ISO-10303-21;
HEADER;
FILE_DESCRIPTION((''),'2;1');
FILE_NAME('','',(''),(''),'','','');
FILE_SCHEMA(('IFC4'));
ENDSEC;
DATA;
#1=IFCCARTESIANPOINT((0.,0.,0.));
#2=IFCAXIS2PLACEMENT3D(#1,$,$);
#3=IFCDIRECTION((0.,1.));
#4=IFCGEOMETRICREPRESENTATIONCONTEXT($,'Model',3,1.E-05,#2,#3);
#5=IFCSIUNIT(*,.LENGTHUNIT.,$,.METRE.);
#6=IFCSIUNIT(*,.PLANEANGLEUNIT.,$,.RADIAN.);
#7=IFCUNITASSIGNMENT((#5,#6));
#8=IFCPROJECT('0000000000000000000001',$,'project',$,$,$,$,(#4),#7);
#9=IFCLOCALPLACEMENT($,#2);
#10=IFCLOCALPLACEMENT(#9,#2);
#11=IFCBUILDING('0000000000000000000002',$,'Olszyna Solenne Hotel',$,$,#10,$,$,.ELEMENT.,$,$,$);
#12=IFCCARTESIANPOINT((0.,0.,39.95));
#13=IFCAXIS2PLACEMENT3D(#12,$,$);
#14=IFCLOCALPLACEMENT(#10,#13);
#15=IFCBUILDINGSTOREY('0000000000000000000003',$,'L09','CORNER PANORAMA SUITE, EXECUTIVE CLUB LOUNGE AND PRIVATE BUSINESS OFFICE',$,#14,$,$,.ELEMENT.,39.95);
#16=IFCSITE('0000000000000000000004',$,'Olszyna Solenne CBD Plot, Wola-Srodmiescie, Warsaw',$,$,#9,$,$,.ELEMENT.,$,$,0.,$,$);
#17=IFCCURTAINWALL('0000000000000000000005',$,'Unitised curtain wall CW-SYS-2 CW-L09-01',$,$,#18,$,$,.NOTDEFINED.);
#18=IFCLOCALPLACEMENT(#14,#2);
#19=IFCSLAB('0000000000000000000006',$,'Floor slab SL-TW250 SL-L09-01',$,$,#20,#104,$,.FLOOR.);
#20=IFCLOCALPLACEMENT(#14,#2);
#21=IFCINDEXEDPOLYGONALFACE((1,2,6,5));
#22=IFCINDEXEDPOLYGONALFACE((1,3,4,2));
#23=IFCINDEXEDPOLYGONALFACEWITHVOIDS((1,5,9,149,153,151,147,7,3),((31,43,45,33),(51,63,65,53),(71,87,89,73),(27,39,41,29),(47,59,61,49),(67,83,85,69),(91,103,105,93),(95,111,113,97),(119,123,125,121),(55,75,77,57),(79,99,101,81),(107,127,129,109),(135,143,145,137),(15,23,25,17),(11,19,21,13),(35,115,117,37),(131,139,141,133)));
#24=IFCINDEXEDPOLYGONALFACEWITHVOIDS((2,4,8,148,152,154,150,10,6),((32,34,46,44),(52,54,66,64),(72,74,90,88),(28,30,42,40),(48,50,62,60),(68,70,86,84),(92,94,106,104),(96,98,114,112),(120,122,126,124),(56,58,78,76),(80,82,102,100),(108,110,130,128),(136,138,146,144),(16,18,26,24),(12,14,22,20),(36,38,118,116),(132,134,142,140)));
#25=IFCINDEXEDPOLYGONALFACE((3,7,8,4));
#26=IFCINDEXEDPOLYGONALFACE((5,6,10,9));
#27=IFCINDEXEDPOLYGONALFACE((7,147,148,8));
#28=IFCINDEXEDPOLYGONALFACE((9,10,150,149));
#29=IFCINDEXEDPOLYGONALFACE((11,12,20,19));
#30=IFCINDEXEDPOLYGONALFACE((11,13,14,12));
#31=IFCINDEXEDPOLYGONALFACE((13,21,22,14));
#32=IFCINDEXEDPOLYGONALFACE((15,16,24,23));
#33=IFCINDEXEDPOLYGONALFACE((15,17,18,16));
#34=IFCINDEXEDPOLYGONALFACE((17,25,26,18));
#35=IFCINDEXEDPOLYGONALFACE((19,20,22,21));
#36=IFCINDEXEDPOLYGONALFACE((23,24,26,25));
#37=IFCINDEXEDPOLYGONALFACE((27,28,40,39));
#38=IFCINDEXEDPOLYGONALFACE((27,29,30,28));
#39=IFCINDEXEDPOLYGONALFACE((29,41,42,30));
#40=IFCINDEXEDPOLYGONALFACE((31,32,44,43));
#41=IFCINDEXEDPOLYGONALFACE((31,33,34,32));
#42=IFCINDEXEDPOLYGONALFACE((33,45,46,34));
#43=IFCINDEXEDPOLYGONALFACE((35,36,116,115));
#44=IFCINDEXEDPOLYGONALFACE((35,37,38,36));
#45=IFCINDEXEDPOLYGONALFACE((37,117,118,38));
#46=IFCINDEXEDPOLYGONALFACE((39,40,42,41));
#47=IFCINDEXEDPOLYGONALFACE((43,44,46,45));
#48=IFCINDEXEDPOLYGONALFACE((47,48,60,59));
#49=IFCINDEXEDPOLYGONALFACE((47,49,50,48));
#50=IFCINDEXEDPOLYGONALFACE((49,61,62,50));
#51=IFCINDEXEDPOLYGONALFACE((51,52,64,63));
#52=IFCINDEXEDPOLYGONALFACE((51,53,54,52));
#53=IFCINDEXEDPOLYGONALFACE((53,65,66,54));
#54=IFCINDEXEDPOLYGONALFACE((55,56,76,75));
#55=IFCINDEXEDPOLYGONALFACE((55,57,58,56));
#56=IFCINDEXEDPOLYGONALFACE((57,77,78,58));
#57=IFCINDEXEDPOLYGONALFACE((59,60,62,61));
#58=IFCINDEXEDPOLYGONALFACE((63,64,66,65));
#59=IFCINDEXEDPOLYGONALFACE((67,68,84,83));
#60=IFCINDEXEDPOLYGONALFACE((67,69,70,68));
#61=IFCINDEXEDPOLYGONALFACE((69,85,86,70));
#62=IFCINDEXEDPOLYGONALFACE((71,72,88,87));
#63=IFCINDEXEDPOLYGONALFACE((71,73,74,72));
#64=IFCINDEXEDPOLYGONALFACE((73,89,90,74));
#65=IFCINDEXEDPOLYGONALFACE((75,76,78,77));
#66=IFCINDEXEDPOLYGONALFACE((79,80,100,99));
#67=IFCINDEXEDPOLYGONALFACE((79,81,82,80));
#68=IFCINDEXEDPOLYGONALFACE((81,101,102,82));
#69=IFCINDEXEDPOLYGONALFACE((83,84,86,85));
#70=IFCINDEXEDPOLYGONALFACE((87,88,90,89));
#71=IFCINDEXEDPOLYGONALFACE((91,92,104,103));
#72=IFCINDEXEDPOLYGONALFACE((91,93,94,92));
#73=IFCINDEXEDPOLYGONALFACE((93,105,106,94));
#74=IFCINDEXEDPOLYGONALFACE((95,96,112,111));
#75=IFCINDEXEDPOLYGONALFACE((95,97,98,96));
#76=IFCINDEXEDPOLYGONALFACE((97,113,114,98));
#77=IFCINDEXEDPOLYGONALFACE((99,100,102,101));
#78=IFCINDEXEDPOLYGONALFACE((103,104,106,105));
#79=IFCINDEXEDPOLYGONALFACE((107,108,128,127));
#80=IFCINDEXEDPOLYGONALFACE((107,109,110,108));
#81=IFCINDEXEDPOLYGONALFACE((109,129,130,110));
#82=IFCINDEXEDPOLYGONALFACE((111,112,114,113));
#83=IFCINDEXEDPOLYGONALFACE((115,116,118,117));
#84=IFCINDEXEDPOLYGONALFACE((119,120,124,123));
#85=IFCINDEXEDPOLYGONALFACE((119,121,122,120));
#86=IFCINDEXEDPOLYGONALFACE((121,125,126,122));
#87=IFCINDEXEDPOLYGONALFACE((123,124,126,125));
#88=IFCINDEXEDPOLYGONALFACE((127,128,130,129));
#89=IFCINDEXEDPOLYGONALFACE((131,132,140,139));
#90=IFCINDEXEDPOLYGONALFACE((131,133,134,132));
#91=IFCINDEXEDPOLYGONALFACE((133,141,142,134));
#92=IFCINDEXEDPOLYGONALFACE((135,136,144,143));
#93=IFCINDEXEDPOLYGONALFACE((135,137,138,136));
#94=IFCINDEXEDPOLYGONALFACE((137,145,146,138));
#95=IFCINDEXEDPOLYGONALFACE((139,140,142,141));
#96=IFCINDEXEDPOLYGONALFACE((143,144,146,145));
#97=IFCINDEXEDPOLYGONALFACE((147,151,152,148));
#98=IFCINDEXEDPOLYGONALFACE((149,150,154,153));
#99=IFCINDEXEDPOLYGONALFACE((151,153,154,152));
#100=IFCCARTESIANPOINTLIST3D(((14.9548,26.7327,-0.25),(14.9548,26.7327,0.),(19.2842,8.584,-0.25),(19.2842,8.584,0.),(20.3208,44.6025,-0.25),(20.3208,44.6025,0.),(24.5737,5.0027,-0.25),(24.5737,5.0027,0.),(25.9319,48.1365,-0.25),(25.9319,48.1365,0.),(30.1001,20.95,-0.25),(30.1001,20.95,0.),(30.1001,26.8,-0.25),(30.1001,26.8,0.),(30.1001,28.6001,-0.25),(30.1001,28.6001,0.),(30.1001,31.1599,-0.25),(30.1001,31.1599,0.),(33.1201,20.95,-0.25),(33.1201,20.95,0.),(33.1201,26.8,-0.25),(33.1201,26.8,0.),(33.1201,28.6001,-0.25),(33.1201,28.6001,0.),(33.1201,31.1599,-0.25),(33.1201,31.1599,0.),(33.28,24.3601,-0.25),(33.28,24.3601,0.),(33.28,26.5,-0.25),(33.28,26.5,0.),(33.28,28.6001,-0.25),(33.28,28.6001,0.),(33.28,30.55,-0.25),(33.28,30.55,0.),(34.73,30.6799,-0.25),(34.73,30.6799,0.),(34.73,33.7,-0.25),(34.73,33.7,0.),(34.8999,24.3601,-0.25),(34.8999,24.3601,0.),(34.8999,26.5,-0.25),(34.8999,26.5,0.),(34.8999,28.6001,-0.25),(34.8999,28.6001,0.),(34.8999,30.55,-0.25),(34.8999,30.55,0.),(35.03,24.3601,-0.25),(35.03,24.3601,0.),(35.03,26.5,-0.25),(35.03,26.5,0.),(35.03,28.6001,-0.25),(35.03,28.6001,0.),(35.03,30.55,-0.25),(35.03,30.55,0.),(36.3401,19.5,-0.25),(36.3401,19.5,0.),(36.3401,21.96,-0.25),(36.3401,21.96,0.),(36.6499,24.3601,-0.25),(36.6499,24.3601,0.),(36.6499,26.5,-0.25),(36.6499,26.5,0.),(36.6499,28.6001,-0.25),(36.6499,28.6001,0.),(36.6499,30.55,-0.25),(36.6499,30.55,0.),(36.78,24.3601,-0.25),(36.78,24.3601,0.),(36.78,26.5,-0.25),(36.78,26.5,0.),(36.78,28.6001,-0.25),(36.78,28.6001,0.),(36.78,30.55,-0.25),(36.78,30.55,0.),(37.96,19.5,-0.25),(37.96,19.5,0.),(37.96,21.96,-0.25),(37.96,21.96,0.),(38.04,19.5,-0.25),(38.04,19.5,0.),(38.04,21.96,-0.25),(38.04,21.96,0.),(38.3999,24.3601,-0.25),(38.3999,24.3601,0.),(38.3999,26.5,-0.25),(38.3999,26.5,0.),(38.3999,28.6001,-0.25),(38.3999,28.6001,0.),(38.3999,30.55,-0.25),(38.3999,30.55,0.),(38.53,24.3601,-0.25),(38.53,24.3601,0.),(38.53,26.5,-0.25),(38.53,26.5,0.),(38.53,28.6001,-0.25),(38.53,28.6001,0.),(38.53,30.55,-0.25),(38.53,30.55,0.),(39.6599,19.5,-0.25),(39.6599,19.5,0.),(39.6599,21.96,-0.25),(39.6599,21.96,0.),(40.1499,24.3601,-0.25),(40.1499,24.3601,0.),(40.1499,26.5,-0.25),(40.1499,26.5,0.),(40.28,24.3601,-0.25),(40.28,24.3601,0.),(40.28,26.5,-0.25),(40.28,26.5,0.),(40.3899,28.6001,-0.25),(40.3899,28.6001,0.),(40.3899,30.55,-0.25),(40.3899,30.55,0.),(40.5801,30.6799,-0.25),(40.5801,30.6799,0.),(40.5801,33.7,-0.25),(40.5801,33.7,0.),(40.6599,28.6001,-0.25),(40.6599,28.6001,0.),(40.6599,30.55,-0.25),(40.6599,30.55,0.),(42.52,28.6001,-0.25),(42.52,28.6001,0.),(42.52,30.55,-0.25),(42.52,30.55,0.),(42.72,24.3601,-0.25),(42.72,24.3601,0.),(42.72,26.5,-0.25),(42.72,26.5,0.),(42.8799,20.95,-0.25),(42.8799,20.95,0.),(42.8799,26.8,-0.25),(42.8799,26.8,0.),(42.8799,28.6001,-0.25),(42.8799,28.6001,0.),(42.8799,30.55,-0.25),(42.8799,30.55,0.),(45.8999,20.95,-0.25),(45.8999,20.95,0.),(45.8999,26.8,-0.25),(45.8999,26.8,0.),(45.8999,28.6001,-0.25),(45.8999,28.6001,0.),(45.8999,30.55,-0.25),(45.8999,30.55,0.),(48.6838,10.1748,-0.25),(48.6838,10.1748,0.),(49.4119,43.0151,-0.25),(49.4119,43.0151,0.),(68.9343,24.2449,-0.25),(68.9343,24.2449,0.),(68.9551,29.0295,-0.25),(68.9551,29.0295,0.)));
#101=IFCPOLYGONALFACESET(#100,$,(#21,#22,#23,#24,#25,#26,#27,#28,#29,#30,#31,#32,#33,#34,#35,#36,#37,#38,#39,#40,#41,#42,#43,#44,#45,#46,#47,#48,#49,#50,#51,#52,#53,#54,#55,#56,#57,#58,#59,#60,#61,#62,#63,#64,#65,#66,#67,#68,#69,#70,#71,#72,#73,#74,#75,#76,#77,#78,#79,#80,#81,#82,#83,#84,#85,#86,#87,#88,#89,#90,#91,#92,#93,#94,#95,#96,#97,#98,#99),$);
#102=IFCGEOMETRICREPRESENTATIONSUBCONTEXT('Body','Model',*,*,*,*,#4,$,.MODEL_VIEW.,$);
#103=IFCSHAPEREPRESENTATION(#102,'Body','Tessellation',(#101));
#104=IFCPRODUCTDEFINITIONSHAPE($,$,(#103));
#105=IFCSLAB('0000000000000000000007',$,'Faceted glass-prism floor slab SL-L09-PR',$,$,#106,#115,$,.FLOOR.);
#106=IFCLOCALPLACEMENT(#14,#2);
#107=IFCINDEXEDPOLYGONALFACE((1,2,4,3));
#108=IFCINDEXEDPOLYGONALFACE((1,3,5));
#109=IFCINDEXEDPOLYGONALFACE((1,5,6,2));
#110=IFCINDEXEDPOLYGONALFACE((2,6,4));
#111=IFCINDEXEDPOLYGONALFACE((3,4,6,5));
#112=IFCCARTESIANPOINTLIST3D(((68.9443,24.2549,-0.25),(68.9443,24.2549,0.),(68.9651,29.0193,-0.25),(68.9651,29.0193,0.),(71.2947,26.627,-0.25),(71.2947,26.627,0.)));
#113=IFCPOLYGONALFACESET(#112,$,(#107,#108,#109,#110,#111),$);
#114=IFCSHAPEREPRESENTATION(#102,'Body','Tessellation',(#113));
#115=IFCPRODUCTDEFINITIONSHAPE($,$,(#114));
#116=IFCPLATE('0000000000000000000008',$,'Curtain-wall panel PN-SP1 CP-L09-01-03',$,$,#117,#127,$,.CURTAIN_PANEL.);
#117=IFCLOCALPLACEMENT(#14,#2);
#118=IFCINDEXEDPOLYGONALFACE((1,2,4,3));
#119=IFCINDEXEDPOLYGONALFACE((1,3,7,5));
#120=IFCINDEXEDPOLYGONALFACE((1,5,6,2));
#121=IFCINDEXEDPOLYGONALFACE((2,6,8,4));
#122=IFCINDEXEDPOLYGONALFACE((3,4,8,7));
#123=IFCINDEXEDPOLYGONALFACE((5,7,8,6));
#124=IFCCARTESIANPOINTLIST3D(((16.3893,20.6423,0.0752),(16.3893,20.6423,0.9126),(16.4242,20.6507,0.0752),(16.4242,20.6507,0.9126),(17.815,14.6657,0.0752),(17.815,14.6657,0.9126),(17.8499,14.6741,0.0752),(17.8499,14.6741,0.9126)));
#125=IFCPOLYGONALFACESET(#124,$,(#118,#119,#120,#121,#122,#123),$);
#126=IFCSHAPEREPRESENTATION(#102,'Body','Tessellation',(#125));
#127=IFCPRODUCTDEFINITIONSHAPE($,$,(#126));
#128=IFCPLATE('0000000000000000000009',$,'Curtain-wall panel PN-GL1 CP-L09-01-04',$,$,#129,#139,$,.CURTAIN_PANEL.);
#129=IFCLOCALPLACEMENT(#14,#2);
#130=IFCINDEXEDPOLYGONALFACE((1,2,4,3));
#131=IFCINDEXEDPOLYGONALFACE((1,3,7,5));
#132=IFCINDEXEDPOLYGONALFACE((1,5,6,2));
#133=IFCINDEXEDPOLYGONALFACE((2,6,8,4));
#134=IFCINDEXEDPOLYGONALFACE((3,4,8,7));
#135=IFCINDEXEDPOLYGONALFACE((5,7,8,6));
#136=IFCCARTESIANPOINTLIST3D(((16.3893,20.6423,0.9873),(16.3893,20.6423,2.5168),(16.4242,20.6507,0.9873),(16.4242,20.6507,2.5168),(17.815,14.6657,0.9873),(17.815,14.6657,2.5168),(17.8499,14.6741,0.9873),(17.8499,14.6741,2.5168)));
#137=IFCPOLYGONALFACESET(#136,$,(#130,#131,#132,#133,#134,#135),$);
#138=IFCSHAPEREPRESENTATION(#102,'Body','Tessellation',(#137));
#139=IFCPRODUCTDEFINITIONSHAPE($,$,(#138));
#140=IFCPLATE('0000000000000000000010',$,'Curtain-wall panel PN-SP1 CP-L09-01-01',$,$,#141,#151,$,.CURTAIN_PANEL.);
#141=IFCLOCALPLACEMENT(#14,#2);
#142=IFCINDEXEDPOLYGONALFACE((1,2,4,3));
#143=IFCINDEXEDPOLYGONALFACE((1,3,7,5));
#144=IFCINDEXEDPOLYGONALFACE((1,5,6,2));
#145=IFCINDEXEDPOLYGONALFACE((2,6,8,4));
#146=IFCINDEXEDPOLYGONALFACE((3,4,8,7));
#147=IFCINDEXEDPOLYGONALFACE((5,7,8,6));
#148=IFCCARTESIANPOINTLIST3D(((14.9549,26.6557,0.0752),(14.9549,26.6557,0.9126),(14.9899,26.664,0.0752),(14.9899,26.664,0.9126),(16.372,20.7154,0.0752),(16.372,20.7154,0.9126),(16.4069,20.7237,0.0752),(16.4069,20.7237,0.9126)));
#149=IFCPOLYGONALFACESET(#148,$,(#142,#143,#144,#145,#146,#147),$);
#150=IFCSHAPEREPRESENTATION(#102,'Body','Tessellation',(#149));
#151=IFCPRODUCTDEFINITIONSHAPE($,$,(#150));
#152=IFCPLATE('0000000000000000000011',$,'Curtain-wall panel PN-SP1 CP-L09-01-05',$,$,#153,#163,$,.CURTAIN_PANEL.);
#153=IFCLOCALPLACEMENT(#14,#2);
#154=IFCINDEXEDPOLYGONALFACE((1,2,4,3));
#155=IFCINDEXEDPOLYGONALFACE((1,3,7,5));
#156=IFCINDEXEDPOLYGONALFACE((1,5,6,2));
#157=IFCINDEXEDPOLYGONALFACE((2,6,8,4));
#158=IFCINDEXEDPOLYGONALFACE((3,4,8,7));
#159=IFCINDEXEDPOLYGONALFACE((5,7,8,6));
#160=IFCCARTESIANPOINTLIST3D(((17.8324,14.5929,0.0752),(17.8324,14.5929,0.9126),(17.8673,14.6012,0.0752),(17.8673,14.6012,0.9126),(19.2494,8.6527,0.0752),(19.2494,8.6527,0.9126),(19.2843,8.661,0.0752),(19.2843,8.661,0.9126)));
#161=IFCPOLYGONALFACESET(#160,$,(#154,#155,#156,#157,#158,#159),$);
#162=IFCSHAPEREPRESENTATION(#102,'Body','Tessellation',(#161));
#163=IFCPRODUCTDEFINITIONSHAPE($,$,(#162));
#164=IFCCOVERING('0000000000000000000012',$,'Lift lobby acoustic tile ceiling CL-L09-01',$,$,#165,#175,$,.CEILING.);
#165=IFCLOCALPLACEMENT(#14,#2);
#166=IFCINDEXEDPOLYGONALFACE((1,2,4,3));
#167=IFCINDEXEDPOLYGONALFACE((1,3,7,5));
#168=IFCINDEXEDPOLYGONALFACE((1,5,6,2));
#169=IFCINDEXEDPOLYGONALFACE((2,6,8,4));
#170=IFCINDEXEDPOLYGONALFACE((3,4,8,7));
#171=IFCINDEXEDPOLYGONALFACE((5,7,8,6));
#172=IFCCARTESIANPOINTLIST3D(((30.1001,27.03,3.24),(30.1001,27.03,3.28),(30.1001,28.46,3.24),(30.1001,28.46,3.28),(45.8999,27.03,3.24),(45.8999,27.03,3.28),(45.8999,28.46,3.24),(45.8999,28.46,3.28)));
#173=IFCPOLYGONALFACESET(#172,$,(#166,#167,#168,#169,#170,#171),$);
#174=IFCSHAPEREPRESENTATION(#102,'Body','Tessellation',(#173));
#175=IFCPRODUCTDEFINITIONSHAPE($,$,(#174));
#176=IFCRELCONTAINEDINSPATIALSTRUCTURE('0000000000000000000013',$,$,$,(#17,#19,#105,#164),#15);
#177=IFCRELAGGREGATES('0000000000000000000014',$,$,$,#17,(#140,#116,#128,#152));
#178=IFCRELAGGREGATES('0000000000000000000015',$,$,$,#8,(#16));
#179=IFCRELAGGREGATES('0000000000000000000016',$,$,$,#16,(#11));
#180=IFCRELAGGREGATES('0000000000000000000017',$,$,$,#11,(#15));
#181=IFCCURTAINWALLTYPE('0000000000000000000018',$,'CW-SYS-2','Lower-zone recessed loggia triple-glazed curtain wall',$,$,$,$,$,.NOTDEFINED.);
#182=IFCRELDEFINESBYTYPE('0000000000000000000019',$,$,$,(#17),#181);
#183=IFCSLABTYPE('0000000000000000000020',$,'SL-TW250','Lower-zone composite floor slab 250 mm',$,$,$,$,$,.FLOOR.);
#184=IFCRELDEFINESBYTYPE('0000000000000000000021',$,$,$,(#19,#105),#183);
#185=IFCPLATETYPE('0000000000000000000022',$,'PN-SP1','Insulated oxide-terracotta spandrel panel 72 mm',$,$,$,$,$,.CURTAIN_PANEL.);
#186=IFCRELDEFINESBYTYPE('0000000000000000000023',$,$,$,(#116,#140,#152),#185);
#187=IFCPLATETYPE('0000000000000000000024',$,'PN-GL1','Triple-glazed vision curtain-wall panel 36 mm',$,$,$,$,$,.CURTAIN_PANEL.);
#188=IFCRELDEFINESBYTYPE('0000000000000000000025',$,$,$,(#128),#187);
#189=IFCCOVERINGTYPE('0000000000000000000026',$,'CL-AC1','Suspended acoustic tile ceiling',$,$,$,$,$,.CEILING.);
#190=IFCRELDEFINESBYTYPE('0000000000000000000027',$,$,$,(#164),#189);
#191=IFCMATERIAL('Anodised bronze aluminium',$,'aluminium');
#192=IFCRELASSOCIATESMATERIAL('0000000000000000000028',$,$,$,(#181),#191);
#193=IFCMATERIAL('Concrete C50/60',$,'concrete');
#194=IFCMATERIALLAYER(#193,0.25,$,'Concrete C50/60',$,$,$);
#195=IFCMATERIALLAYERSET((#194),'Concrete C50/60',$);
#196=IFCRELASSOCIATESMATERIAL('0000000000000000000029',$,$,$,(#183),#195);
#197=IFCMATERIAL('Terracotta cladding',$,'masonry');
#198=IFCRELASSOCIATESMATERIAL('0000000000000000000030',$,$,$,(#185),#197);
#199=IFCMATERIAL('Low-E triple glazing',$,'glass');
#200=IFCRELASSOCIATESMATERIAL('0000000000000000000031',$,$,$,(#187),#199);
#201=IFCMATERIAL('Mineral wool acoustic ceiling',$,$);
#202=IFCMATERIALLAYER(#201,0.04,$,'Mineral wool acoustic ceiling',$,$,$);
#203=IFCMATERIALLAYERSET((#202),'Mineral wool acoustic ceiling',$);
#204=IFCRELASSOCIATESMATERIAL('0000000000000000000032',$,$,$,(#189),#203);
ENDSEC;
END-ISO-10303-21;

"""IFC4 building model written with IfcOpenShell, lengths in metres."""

from ifc_helpers import new_model, si_unit, direction, frame, origin, origin_2d, place, context, subcontext, project, spatial, polyline, rectangle, outline, extrude, source, transform, mapped, material, layer, layer_set, type_object, element, aggregate, save


model = new_model("IFC4")

# Units and contexts
model_context = context("Model", 3, precision=1e-05, world=origin(), true_north=direction((0.0, 1.0)))
body_context = subcontext(model_context, "Body", "Model", "MODEL_VIEW")
ifc_project = project(units=[si_unit("LENGTHUNIT", "METRE"), si_unit("PLANEANGLEUNIT", "RADIAN")], contexts=[model_context])

# Site, building, storey
site_placement = place(None, origin())
site = spatial("IfcSite", under=ifc_project, at=site_placement, Name="Olszyna Solenne CBD Plot, Wola-Srodmiescie, Warsaw", CompositionType="ELEMENT", RefElevation=0.0)
building_placement = place(site_placement, origin())
building = spatial("IfcBuilding", under=site, at=building_placement, Name="Olszyna Solenne Hotel", CompositionType="ELEMENT")
storey_placement = place(building_placement, frame((0.0, 0.0, 39.95)))
storey = spatial("IfcBuildingStorey", under=building, at=storey_placement, Name="L09", Description="CORNER PANORAMA SUITE, EXECUTIVE CLUB LOUNGE AND PRIVATE BUSINESS OFFICE", CompositionType="ELEMENT", Elevation=39.95)

# Curtain wall
ifc_material_1 = material(Name="Anodised bronze aluminium", Category="aluminium")
curtain_wall_type = type_object("IfcCurtainWallType", Name="CW-SYS-2", Description="Lower-zone recessed loggia triple-glazed curtain wall", PredefinedType="NOTDEFINED", material=ifc_material_1)
curtain_wall_placement = place(storey_placement, origin())
curtain_wall = element("IfcCurtainWall", 1, at=curtain_wall_placement, inside=storey, type_object=curtain_wall_type, Name="Unitised curtain wall CW-SYS-2 CW-L09-01", PredefinedType="NOTDEFINED")

# Slabs
ifc_material_2 = material(Name="Concrete C50/60", Category="concrete")
ifc_layer_1 = layer(ifc_material_2, 0.25, Name="Concrete C50/60")
ifc_layer_set_1 = layer_set([ifc_layer_1], Name="Concrete C50/60")
slab_type_1 = type_object("IfcSlabType", Name="SL-TW250", Description="Lower-zone composite floor slab 250 mm", PredefinedType="FLOOR", material=ifc_layer_set_1)
slab_1_placement = place(storey_placement, frame((0.0, 0.0, -0.25)))
element("IfcSlab", 2, at=slab_1_placement, inside=storey, type_object=slab_type_1, Name="Floor slab SL-TW250 SL-L09-01", PredefinedType="FLOOR", context=body_context, shape_type="SweptSolid", body=[
    extrude(outline(polyline([(68.9343, 24.2449), (68.9551, 29.0295), (49.4119, 43.0151), (25.9319, 48.1365), (20.3208, 44.6025), (14.9548, 26.7327), (19.2842, 8.584), (24.5737, 5.0027), (48.6838, 10.1748), (68.9343, 24.2449)]), holes=[polyline([(30.1001, 20.95), (33.1201, 20.95), (33.1201, 26.8), (30.1001, 26.8), (30.1001, 20.95)]), polyline([(42.8799, 20.95), (45.8999, 20.95), (45.8999, 26.8), (42.8799, 26.8), (42.8799, 20.95)]), polyline([(34.73, 30.6799), (40.5801, 30.6799), (40.5801, 33.7), (34.73, 33.7), (34.73, 30.6799)]), polyline([(36.3401, 19.5), (37.96, 19.5), (37.96, 21.96), (36.3401, 21.96), (36.3401, 19.5)]), polyline([(38.04, 19.5), (39.6599, 19.5), (39.6599, 21.96), (38.04, 21.96), (38.04, 19.5)]), polyline([(30.1001, 28.6001), (33.1201, 28.6001), (33.1201, 31.1599), (30.1001, 31.1599), (30.1001, 28.6001)]), polyline([(33.28, 24.3601), (34.8999, 24.3601), (34.8999, 26.5), (33.28, 26.5), (33.28, 24.3601)]), polyline([(35.03, 24.3601), (36.6499, 24.3601), (36.6499, 26.5), (35.03, 26.5), (35.03, 24.3601)]), polyline([(36.78, 24.3601), (38.3999, 24.3601), (38.3999, 26.5), (36.78, 26.5), (36.78, 24.3601)]), polyline([(38.53, 24.3601), (40.1499, 24.3601), (40.1499, 26.5), (38.53, 26.5), (38.53, 24.3601)]), polyline([(40.28, 24.3601), (42.72, 24.3601), (42.72, 26.5), (40.28, 26.5), (40.28, 24.3601)]), polyline([(33.28, 28.6001), (34.8999, 28.6001), (34.8999, 30.55), (33.28, 30.55), (33.28, 28.6001)]), polyline([(35.03, 28.6001), (36.6499, 28.6001), (36.6499, 30.55), (35.03, 30.55), (35.03, 28.6001)]), polyline([(36.78, 28.6001), (38.3999, 28.6001), (38.3999, 30.55), (36.78, 30.55), (36.78, 28.6001)]), polyline([(38.53, 28.6001), (40.3899, 28.6001), (40.3899, 30.55), (38.53, 30.55), (38.53, 28.6001)]), polyline([(40.6599, 28.6001), (42.52, 28.6001), (42.52, 30.55), (40.6599, 30.55), (40.6599, 28.6001)]), polyline([(42.8799, 28.6001), (45.8999, 28.6001), (45.8999, 30.55), (42.8799, 30.55), (42.8799, 28.6001)])]), origin(), (0.0, 0.0, 1.0), 0.25),
])
slab_2_placement = place(storey_placement, frame((0.0, 0.0, -0.25)))
element("IfcSlab", 3, at=slab_2_placement, inside=storey, type_object=slab_type_1, Name="Faceted glass-prism floor slab SL-L09-PR", PredefinedType="FLOOR", context=body_context, shape_type="SweptSolid", body=[
    extrude(outline(polyline([(68.9651, 29.0193), (68.9443, 24.2549), (71.2947, 26.627), (68.9651, 29.0193)])), origin(), (0.0, 0.0, 1.0), 0.25),
])

# Plates
ifc_material_3 = material(Name="Terracotta cladding", Category="masonry")
plate_type_1 = type_object("IfcPlateType", Name="PN-SP1", Description="Insulated oxide-terracotta spandrel panel 72 mm", PredefinedType="CURTAIN_PANEL", material=ifc_material_3)
shared_shape_1 = source(origin(), body_context, "Body", "SweptSolid", [
    extrude(rectangle(XDim=6.1443, YDim=0.0359, at=origin_2d()), origin(), (0.0, 0.0, 1.0), 0.8374),
])
plate_1_placement = place(storey_placement, frame((17.1196, 17.6582, 0.0752), z_axis=(0.0, 0.0, 1.0), x_axis=(0.232034, -0.972708, 0.0)))
plate_1 = element("IfcPlate", 4, at=plate_1_placement, type_object=plate_type_1, Name="Curtain-wall panel PN-SP1 CP-L09-01-03", PredefinedType="CURTAIN_PANEL", context=body_context, shape_type="MappedRepresentation", body=[
    mapped(shared_shape_1, transform((0.0, 0.0, 0.0), x_axis=(1.0, 0.0, 0.0), y_axis=(0.0, 1.0, 0.0), z_axis=(0.0, 0.0, 1.0), scale=1.0)),
])
ifc_material_4 = material(Name="Low-E triple glazing", Category="glass")
plate_type_2 = type_object("IfcPlateType", Name="PN-GL1", Description="Triple-glazed vision curtain-wall panel 36 mm", PredefinedType="CURTAIN_PANEL", material=ifc_material_4)
shared_shape_2 = source(origin(), body_context, "Body", "SweptSolid", [
    extrude(rectangle(XDim=6.1443, YDim=0.0359, at=origin_2d()), origin(), (0.0, 0.0, 1.0), 1.5295),
])
plate_2_placement = place(storey_placement, frame((17.1196, 17.6582, 0.9873), z_axis=(0.0, 0.0, 1.0), x_axis=(0.232034, -0.972708, 0.0)))
plate_2 = element("IfcPlate", 5, at=plate_2_placement, type_object=plate_type_2, Name="Curtain-wall panel PN-GL1 CP-L09-01-04", PredefinedType="CURTAIN_PANEL", context=body_context, shape_type="MappedRepresentation", body=[
    mapped(shared_shape_2, transform((0.0, 0.0, 0.0), x_axis=(1.0, 0.0, 0.0), y_axis=(0.0, 1.0, 0.0), z_axis=(0.0, 0.0, 1.0), scale=1.0)),
])
shared_shape_3 = source(origin(), body_context, "Body", "SweptSolid", [
    extrude(rectangle(XDim=6.1069, YDim=0.0359, at=origin_2d()), origin(), (0.0, 0.0, 1.0), 0.8374),
])
plate_3_placement = place(storey_placement, frame((15.6809, 23.6897, 0.0752), z_axis=(0.0, 0.0, 1.0), x_axis=(0.232034, -0.972708, 0.0)))
plate_3 = element("IfcPlate", 6, at=plate_3_placement, type_object=plate_type_1, Name="Curtain-wall panel PN-SP1 CP-L09-01-01", PredefinedType="CURTAIN_PANEL", context=body_context, shape_type="MappedRepresentation", body=[
    mapped(shared_shape_3, transform((0.0, 0.0, 0.0), x_axis=(1.0, 0.0, 0.0), y_axis=(0.0, 1.0, 0.0), z_axis=(0.0, 0.0, 1.0), scale=1.0)),
])
plate_4_placement = place(storey_placement, frame((18.5583, 11.627, 0.0752), z_axis=(0.0, 0.0, 1.0), x_axis=(0.232034, -0.972708, 0.0)))
plate_4 = element("IfcPlate", 7, at=plate_4_placement, type_object=plate_type_1, Name="Curtain-wall panel PN-SP1 CP-L09-01-05", PredefinedType="CURTAIN_PANEL", context=body_context, shape_type="MappedRepresentation", body=[
    mapped(shared_shape_3, transform((0.0, 0.0, 0.0), x_axis=(1.0, 0.0, 0.0), y_axis=(0.0, 1.0, 0.0), z_axis=(0.0, 0.0, 1.0), scale=1.0)),
])
aggregate(curtain_wall, [plate_3, plate_1, plate_2, plate_4])

# Covering
ifc_material_5 = material(Name="Mineral wool acoustic ceiling")
ifc_layer_2 = layer(ifc_material_5, 0.04, Name="Mineral wool acoustic ceiling")
ifc_layer_set_2 = layer_set([ifc_layer_2], Name="Mineral wool acoustic ceiling")
covering_type_1 = type_object("IfcCoveringType", Name="CL-AC1", Description="Suspended acoustic tile ceiling", PredefinedType="CEILING", material=ifc_layer_set_2)
covering_1_placement = place(storey_placement, frame((0.0, 0.0, 3.24)))
element("IfcCovering", 8, at=covering_1_placement, inside=storey, type_object=covering_type_1, Name="Lift lobby acoustic tile ceiling CL-L09-01", PredefinedType="CEILING", context=body_context, shape_type="SweptSolid", body=[
    extrude(outline(polyline([(30.1001, 27.03), (45.8999, 27.03), (45.8999, 28.46), (30.1001, 28.46), (30.1001, 27.03)])), origin(), (0.0, 0.0, 1.0), 0.04),
])

save(model, "model.ifc")
